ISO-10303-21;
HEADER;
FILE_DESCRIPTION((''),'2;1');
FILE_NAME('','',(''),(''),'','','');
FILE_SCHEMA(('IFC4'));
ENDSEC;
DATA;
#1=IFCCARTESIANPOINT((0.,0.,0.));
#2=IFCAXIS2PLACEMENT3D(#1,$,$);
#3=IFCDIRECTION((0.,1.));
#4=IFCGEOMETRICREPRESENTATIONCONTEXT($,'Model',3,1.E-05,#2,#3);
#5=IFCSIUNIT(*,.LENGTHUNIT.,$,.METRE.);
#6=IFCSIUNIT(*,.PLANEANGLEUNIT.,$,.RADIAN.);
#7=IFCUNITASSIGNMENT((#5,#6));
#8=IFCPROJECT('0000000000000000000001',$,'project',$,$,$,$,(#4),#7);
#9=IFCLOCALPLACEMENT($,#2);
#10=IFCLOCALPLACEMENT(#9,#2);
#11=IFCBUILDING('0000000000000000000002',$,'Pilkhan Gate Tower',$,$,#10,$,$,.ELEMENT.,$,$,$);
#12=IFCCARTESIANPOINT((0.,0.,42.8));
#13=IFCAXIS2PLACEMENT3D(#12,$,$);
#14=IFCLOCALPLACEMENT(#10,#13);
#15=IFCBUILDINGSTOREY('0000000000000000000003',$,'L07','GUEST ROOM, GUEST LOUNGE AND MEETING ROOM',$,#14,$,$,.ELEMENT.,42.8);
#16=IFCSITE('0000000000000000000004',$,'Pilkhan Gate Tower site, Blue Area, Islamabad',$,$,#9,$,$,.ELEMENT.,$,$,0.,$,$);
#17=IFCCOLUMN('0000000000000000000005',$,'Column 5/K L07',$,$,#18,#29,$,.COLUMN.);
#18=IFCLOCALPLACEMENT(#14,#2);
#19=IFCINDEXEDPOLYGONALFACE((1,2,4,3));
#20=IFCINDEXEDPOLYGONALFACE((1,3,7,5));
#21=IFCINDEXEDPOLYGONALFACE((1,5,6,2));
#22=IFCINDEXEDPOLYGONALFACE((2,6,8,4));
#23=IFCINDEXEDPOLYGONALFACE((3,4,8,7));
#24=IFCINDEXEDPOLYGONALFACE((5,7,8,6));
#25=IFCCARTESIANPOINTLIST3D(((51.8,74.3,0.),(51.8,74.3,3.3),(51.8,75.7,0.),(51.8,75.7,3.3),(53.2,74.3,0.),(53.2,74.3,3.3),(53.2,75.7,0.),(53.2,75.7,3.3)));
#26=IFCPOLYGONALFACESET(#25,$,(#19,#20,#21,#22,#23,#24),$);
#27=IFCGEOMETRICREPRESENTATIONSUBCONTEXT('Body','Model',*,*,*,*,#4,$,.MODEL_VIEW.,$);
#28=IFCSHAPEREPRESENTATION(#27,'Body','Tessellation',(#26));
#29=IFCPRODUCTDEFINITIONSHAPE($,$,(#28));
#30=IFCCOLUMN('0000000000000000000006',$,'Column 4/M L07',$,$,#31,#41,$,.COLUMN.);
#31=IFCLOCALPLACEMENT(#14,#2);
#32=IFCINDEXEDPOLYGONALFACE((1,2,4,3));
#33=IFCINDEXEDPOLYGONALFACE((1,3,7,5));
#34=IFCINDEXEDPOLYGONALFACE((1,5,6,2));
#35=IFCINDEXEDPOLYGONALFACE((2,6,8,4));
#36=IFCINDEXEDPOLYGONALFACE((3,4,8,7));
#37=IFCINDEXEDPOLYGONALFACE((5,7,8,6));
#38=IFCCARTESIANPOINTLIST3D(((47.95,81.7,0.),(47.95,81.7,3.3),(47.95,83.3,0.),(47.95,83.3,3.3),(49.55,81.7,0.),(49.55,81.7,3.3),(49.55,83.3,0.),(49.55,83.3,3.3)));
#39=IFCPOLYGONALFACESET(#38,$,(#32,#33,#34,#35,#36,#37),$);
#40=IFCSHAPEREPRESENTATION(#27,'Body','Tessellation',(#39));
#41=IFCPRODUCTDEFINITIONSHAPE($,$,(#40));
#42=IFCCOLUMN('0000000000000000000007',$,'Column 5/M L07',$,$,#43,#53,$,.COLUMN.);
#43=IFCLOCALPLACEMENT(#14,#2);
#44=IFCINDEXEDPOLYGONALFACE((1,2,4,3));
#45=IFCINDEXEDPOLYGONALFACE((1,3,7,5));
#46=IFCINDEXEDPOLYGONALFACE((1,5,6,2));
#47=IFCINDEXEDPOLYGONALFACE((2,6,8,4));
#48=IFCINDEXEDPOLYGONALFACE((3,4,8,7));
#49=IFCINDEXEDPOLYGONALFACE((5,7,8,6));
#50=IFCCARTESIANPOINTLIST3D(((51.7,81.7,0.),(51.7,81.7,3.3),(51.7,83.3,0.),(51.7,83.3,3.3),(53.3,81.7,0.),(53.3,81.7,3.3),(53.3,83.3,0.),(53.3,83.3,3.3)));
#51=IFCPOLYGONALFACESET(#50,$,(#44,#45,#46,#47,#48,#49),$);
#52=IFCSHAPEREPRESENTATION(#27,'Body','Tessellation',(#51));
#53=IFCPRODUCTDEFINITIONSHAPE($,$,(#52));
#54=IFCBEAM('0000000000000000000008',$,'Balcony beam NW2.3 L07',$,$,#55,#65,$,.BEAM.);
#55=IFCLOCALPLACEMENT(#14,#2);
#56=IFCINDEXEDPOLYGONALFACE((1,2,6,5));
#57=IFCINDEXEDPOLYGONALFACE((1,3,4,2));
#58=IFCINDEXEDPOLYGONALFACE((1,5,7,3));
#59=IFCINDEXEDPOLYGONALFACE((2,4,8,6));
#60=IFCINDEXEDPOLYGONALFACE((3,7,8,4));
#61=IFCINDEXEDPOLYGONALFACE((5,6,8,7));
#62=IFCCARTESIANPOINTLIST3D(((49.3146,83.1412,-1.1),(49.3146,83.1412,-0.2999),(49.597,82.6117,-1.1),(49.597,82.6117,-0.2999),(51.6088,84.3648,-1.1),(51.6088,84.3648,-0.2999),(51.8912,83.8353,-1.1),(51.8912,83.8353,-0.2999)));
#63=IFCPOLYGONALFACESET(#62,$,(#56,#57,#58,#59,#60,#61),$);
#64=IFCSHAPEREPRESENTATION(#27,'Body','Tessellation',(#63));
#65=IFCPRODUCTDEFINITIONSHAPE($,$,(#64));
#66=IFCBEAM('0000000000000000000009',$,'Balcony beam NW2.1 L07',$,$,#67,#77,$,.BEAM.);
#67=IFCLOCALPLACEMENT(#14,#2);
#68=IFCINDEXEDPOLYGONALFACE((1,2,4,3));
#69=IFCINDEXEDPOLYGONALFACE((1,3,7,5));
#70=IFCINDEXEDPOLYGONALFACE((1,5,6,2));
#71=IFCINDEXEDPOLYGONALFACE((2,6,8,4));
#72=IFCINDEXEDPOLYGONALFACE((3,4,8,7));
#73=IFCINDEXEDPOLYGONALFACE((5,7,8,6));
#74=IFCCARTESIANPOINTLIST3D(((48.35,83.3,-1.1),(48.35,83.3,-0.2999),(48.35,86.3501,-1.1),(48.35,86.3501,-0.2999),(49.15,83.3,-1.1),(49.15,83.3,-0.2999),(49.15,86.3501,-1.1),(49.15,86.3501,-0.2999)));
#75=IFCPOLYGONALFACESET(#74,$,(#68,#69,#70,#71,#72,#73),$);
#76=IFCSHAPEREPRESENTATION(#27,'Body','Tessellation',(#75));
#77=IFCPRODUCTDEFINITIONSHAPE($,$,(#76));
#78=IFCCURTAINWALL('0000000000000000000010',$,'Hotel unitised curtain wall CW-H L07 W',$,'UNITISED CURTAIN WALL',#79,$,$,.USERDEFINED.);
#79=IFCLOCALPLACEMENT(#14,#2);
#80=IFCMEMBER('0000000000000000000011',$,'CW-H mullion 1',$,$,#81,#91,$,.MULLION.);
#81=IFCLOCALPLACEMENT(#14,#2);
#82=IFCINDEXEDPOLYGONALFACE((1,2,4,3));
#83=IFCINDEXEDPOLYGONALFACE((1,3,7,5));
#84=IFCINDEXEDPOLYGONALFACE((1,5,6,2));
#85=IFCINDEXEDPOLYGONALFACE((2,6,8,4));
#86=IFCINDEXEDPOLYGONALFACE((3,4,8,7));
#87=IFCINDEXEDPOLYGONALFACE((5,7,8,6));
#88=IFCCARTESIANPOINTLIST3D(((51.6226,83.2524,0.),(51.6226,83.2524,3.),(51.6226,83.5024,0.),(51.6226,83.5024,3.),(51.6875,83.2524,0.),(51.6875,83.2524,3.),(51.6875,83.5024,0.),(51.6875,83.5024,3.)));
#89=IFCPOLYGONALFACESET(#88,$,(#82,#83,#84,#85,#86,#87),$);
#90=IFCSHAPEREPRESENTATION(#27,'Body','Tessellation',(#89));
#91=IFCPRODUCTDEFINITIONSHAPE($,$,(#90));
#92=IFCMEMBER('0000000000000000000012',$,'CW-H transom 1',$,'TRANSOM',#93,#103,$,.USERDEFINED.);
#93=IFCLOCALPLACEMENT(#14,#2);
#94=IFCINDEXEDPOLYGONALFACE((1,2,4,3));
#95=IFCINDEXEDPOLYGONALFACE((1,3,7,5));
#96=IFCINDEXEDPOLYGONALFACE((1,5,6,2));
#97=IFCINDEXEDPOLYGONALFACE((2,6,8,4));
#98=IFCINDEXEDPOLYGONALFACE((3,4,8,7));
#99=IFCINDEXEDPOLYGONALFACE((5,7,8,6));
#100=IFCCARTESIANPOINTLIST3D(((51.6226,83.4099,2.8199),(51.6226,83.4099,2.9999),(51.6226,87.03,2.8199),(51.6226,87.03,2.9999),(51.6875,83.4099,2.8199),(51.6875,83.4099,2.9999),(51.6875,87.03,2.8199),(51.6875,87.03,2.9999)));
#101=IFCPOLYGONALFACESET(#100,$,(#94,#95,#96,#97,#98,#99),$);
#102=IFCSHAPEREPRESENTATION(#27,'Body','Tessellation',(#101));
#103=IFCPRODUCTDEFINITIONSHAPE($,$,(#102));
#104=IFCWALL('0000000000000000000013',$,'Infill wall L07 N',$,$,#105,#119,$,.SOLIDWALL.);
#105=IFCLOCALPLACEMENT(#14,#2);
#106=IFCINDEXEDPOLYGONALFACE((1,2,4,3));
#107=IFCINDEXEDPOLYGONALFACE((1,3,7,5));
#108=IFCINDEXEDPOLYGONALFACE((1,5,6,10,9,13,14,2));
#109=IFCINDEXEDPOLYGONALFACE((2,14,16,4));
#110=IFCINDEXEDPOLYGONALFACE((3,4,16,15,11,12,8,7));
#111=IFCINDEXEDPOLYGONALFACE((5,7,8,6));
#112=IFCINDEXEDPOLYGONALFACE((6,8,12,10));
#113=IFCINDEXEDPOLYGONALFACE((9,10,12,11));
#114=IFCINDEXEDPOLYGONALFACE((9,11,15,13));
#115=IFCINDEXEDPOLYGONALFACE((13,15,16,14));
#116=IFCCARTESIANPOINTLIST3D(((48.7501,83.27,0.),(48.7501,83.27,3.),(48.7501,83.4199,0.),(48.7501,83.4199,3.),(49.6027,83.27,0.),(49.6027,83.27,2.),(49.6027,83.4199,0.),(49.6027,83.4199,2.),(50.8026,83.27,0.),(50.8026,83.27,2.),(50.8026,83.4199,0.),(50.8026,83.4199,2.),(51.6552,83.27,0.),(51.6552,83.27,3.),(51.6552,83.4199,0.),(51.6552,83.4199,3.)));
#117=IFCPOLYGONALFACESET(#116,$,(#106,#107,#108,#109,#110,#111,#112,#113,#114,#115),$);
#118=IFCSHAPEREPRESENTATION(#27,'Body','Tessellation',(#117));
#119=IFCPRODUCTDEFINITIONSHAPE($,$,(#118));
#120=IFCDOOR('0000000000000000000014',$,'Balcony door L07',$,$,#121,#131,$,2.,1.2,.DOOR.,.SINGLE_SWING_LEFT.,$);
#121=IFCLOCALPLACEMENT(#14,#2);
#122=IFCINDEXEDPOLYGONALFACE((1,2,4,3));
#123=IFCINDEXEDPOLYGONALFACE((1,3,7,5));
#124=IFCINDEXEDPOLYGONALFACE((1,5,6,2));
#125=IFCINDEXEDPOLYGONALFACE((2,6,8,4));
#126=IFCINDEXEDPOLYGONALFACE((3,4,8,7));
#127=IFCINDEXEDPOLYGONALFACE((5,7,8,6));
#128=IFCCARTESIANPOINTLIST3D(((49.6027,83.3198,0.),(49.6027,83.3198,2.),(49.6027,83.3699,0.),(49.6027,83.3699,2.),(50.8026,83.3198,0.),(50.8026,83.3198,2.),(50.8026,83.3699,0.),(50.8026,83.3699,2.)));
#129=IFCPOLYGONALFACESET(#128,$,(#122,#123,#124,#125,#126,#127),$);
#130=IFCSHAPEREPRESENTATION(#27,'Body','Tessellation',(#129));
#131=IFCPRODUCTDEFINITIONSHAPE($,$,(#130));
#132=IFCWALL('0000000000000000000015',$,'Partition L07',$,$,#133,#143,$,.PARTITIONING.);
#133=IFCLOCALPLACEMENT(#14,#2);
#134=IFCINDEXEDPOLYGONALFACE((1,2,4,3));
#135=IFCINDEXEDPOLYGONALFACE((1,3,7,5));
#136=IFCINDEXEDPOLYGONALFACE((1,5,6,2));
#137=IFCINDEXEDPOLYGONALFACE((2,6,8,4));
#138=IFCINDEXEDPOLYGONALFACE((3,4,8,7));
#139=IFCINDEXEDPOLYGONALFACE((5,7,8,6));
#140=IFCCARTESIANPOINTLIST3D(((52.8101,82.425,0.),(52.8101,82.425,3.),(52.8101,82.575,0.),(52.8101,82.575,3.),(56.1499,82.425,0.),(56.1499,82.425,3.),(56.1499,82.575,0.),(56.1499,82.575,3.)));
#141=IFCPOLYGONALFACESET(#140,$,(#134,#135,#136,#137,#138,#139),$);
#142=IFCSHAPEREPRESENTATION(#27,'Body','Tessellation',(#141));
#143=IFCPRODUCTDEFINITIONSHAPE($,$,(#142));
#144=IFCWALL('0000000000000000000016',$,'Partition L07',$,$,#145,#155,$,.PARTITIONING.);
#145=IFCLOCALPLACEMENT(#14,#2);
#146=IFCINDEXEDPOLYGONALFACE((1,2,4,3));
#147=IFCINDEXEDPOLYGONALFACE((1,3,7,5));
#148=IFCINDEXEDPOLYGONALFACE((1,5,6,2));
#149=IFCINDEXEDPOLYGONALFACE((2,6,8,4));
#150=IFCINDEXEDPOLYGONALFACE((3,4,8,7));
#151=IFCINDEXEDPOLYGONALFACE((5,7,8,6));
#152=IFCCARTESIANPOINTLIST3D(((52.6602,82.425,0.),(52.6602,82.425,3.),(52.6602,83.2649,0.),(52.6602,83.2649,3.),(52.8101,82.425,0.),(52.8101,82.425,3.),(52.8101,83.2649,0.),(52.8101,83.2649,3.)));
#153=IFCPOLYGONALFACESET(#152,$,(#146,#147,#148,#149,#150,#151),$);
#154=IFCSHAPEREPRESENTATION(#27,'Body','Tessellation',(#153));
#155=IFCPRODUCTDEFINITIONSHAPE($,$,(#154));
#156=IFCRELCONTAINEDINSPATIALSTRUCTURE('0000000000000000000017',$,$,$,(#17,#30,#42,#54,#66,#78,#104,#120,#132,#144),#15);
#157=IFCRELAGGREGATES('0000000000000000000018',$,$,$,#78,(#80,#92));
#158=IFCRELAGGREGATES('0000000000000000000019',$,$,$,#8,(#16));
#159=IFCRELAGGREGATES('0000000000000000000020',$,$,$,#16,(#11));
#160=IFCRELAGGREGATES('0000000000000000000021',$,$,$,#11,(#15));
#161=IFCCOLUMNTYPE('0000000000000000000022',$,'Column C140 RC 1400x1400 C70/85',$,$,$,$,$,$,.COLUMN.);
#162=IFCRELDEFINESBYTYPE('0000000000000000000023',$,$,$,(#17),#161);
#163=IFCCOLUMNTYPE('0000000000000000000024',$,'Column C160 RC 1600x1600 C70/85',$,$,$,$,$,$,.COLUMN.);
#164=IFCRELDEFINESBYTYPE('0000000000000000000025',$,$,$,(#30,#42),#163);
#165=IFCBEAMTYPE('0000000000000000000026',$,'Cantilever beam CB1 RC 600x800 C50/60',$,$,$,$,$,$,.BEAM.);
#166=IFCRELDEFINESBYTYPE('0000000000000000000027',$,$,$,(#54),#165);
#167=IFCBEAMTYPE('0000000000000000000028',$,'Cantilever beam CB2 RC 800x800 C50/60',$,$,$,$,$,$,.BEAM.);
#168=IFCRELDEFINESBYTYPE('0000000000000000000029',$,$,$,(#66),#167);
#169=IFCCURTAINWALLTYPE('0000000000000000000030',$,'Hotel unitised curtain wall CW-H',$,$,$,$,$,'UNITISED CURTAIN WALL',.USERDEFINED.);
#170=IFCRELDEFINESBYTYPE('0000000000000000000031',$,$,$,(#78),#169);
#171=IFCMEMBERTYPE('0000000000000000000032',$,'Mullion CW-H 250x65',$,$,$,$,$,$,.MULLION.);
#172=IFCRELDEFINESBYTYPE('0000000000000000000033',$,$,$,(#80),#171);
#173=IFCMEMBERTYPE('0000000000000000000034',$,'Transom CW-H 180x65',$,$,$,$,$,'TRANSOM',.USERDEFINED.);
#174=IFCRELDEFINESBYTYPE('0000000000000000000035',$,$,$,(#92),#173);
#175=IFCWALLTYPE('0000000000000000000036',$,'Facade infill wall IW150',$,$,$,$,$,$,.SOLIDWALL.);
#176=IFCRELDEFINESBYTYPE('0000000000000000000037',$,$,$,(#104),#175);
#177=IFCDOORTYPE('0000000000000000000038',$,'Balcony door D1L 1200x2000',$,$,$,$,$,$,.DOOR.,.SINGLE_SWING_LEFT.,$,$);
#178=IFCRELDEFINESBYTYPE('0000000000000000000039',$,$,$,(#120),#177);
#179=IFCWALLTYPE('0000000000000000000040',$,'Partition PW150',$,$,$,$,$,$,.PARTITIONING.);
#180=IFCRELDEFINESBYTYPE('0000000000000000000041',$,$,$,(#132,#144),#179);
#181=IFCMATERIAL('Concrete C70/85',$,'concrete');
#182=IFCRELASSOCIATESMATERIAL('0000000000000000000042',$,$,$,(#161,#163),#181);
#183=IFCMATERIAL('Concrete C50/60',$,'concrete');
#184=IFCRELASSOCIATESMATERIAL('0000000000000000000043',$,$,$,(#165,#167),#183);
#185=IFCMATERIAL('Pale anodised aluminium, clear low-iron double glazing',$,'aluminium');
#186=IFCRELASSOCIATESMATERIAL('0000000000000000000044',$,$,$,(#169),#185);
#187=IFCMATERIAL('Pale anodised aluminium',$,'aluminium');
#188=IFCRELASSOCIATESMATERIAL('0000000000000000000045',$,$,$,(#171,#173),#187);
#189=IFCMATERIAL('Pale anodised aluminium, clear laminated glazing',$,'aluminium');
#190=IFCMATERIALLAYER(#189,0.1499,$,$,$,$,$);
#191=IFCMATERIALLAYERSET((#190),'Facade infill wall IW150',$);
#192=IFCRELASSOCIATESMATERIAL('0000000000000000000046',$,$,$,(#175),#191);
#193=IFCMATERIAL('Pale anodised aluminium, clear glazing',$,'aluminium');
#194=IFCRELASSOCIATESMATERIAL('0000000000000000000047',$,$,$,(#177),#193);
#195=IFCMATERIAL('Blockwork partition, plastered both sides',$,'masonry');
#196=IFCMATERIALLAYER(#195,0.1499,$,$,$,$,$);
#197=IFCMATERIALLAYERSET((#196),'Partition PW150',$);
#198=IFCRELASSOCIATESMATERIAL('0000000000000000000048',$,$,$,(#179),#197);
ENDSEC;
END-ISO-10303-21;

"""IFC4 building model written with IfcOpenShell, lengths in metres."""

from ifc_helpers import new_model, si_unit, direction, frame, frame_2d, origin, origin_2d, place, context, subcontext, project, spatial, rectangle, extrude, material, layer, layer_set, material_profile, profile_set, type_object, element, fill, aggregate, save


model = new_model("IFC4")

# Units and contexts
model_context = context("Model", 3, precision=1e-05, world=origin(), true_north=direction((0.0, 1.0)))
body_context = subcontext(model_context, "Body", "Model", "MODEL_VIEW")
ifc_project = project(units=[si_unit("LENGTHUNIT", "METRE"), si_unit("PLANEANGLEUNIT", "RADIAN")], contexts=[model_context])

# Site, building, storey
site_placement = place(None, origin())
site = spatial("IfcSite", under=ifc_project, at=site_placement, Name="Pilkhan Gate Tower site, Blue Area, Islamabad", CompositionType="ELEMENT", RefElevation=0.0)
building_placement = place(site_placement, origin())
building = spatial("IfcBuilding", under=site, at=building_placement, Name="Pilkhan Gate Tower", CompositionType="ELEMENT")
storey_placement = place(building_placement, frame((0.0, 0.0, 42.8)))
storey = spatial("IfcBuildingStorey", under=building, at=storey_placement, Name="L07", Description="GUEST ROOM, GUEST LOUNGE AND MEETING ROOM", CompositionType="ELEMENT", Elevation=42.8)

# Columns
ifc_material_1 = material(Name="Concrete C70/85", Category="concrete")
ifc_material_profile_1 = material_profile(ifc_material_1, rectangle(XDim=1.3999, YDim=1.3999, at=origin_2d()), Name="RC 1400x1400")
ifc_profile_set_1 = profile_set([ifc_material_profile_1], Name="Concrete C70/85")
column_type_1 = type_object("IfcColumnType", Name="Column C140 RC 1400x1400 C70/85", PredefinedType="COLUMN", material=ifc_profile_set_1)
column_placement = place(storey_placement, frame((52.5, 75.0, 0.0), z_axis=(0.0, 0.0, 1.0), x_axis=(1.0, 0.0, 0.0)))
element("IfcColumn", 1, at=column_placement, inside=storey, type_object=column_type_1, Name="Column 5/K L07", PredefinedType="COLUMN", context=body_context, shape_type="SweptSolid", body=[
    extrude(rectangle(XDim=1.3999, YDim=1.3999, at=origin_2d()), origin(), (0.0, 0.0, 1.0), 3.3),
])
ifc_material_profile_2 = material_profile(ifc_material_1, rectangle(XDim=1.6001, YDim=1.6001, at=origin_2d()), Name="RC 1600x1600")
ifc_profile_set_2 = profile_set([ifc_material_profile_2], Name="Concrete C70/85")
column_type_2 = type_object("IfcColumnType", Name="Column C160 RC 1600x1600 C70/85", PredefinedType="COLUMN", material=ifc_profile_set_2)
for number, where, z_axis, x_axis, name in (
    (2, (48.75, 82.5, 0.0), (0.0, 0.0, 1.0), (1.0, 0.0, 0.0), "Column 4/M L07"),
    (3, (52.5, 82.5, 0.0), (0.0, 0.0, 1.0), (1.0, 0.0, 0.0), "Column 5/M L07"),
):
    element("IfcColumn", number, at=place(storey_placement, frame(where, z_axis=z_axis, x_axis=x_axis)), inside=storey, type_object=column_type_2, Name=name, PredefinedType="COLUMN", context=body_context, shape_type="SweptSolid", body=[
        extrude(rectangle(XDim=1.6001, YDim=1.6001, at=origin_2d()), origin(), (0.0, 0.0, 1.0), 3.3),
    ])

# Beams
ifc_material_2 = material(Name="Concrete C50/60", Category="concrete")
ifc_material_profile_3 = material_profile(ifc_material_2, rectangle(XDim=0.6001, YDim=0.8, at=origin_2d()), Name="RC 600x800")
ifc_profile_set_3 = profile_set([ifc_material_profile_3], Name="Concrete C50/60")
beam_type_1 = type_object("IfcBeamType", Name="Cantilever beam CB1 RC 600x800 C50/60", PredefinedType="BEAM", material=ifc_profile_set_3)
beam_1_placement = place(storey_placement, frame((49.4558, 82.8765, -0.7), z_axis=(0.882343, 0.470608, 0.0), x_axis=(-0.470608, 0.882343, 0.0)))
element("IfcBeam", 4, at=beam_1_placement, inside=storey, type_object=beam_type_1, Name="Balcony beam NW2.3 L07", PredefinedType="BEAM", context=body_context, shape_type="SweptSolid", body=[
    extrude(rectangle(XDim=0.6001, YDim=0.8, at=origin_2d()), origin(), (0.0, 0.0, 1.0), 2.6001),
])
ifc_material_profile_4 = material_profile(ifc_material_2, rectangle(XDim=0.8, YDim=0.8, at=origin_2d()), Name="RC 800x800")
ifc_profile_set_4 = profile_set([ifc_material_profile_4], Name="Concrete C50/60")
beam_type_2 = type_object("IfcBeamType", Name="Cantilever beam CB2 RC 800x800 C50/60", PredefinedType="BEAM", material=ifc_profile_set_4)
beam_2_placement = place(storey_placement, frame((48.75, 83.3, -0.7), z_axis=(0.0, 1.0, 0.0), x_axis=(-1.0, 0.0, 0.0)))
element("IfcBeam", 5, at=beam_2_placement, inside=storey, type_object=beam_type_2, Name="Balcony beam NW2.1 L07", PredefinedType="BEAM", context=body_context, shape_type="SweptSolid", body=[
    extrude(rectangle(XDim=0.8, YDim=0.8, at=origin_2d()), origin(), (0.0, 0.0, 1.0), 3.05),
])

# Curtain wall, members
ifc_material_3 = material(Name="Pale anodised aluminium, clear low-iron double glazing", Category="aluminium")
curtain_wall_type = type_object("IfcCurtainWallType", Name="Hotel unitised curtain wall CW-H", ElementType="UNITISED CURTAIN WALL", PredefinedType="USERDEFINED", material=ifc_material_3)
curtain_wall_placement = place(storey_placement, origin())
curtain_wall = element("IfcCurtainWall", 6, at=curtain_wall_placement, inside=storey, type_object=curtain_wall_type, Name="Hotel unitised curtain wall CW-H L07 W", ObjectType="UNITISED CURTAIN WALL", PredefinedType="USERDEFINED")
ifc_material_4 = material(Name="Pale anodised aluminium", Category="aluminium")
ifc_material_profile_5 = material_profile(ifc_material_4, rectangle(XDim=0.0649, YDim=0.25, at=origin_2d()), Name="Mullion 250x65")
ifc_profile_set_5 = profile_set([ifc_material_profile_5], Name="Pale anodised aluminium")
member_type_1 = type_object("IfcMemberType", Name="Mullion CW-H 250x65", PredefinedType="MULLION", material=ifc_profile_set_5)
member_1_placement = place(storey_placement, frame((51.655, 83.3774, 0.0), z_axis=(0.0, 0.0, 1.0), x_axis=(-1.0, 0.0, 0.0)))
member_1 = element("IfcMember", 7, at=member_1_placement, type_object=member_type_1, Name="CW-H mullion 1", PredefinedType="MULLION", context=body_context, shape_type="SweptSolid", body=[
    extrude(rectangle(XDim=0.0649, YDim=0.25, at=origin_2d()), origin(), (0.0, 0.0, 1.0), 3.0),
])
ifc_material_profile_6 = material_profile(ifc_material_4, rectangle(XDim=0.0649, YDim=0.1799, at=origin_2d()), Name="Transom 180x65")
ifc_profile_set_6 = profile_set([ifc_material_profile_6], Name="Pale anodised aluminium")
member_type_2 = type_object("IfcMemberType", Name="Transom CW-H 180x65", ElementType="TRANSOM", PredefinedType="USERDEFINED", material=ifc_profile_set_6)
member_2_placement = place(storey_placement, frame((51.655, 83.4099, 2.9099), z_axis=(0.0, 1.0, 0.0), x_axis=(-1.0, 0.0, 0.0)))
member_2 = element("IfcMember", 8, at=member_2_placement, type_object=member_type_2, Name="CW-H transom 1", ObjectType="TRANSOM", PredefinedType="USERDEFINED", context=body_context, shape_type="SweptSolid", body=[
    extrude(rectangle(XDim=0.0649, YDim=0.1799, at=origin_2d()), origin(), (0.0, 0.0, 1.0), 3.6201),
])
aggregate(curtain_wall, [member_1, member_2])

# Wall, opening, door
ifc_material_5 = material(Name="Pale anodised aluminium, clear laminated glazing", Category="aluminium")
ifc_layer_1 = layer(ifc_material_5, 0.1499)
ifc_layer_set_1 = layer_set([ifc_layer_1], Name="Facade infill wall IW150")
wall_type_1 = type_object("IfcWallType", Name="Facade infill wall IW150", PredefinedType="SOLIDWALL", material=ifc_layer_set_1)
wall_1_placement = place(storey_placement, frame((48.75, 83.345, 0.0), z_axis=(0.0, 0.0, 1.0), x_axis=(1.0, 0.0, 0.0)))
wall_1 = element("IfcWall", 9, at=wall_1_placement, inside=storey, type_object=wall_type_1, Name="Infill wall L07 N", PredefinedType="SOLIDWALL", context=body_context, shape_type="SweptSolid", body=[
    extrude(rectangle(XDim=2.905, YDim=0.1499, at=frame_2d((1.4526, 0.0))), origin(), (0.0, 0.0, 1.0), 3.0),
])
opening_1_placement = place(wall_1_placement, frame((0.8525, 0.0, 0.0)))
opening_1 = element("IfcOpeningElement", 10, at=opening_1_placement, cuts=wall_1, PredefinedType="OPENING", context=body_context, shape_type="SweptSolid", body=[
    extrude(rectangle(XDim=1.2, YDim=2.0, at=frame_2d((0.6001, 1.0))), frame((0.0, 0.085, 0.0), z_axis=(0.0, -1.0, 0.0), x_axis=(1.0, 0.0, 0.0)), (0.0, 0.0, 1.0), 0.1699),
])
ifc_material_6 = material(Name="Pale anodised aluminium, clear glazing", Category="aluminium")
door_type_1 = type_object("IfcDoorType", Name="Balcony door D1L 1200x2000", OperationType="SINGLE_SWING_LEFT", PredefinedType="DOOR", material=ifc_material_6)
door_1_placement = place(opening_1_placement, origin())
door_1 = element("IfcDoor", 11, at=door_1_placement, inside=storey, type_object=door_type_1, Name="Balcony door L07", OperationType="SINGLE_SWING_LEFT", OverallHeight=2.0, OverallWidth=1.2, PredefinedType="DOOR", context=body_context, shape_type="SweptSolid", body=[
    extrude(rectangle(XDim=1.2, YDim=2.0, at=frame_2d((0.6001, 1.0))), frame((0.0, 0.0249, 0.0), z_axis=(0.0, -1.0, 0.0), x_axis=(1.0, 0.0, 0.0)), (0.0, 0.0, 1.0), 0.05),
])
fill(opening_1, door_1)

# Walls
ifc_material_7 = material(Name="Blockwork partition, plastered both sides", Category="masonry")
ifc_layer_2 = layer(ifc_material_7, 0.1499)
ifc_layer_set_2 = layer_set([ifc_layer_2], Name="Partition PW150")
wall_type_2 = type_object("IfcWallType", Name="Partition PW150", PredefinedType="PARTITIONING", material=ifc_layer_set_2)
wall_2_placement = place(storey_placement, frame((52.8101, 82.5, 0.0), z_axis=(0.0, 0.0, 1.0), x_axis=(1.0, 0.0, 0.0)))
element("IfcWall", 12, at=wall_2_placement, inside=storey, type_object=wall_type_2, Name="Partition L07", PredefinedType="PARTITIONING", context=body_context, shape_type="SweptSolid", body=[
    extrude(rectangle(XDim=3.3398, YDim=0.1499, at=frame_2d((1.6699, 0.0))), origin(), (0.0, 0.0, 1.0), 3.0),
])
wall_3_placement = place(storey_placement, frame((52.7351, 82.425, 0.0), z_axis=(0.0, 0.0, 1.0), x_axis=(0.0, 1.0, 0.0)))
element("IfcWall", 13, at=wall_3_placement, inside=storey, type_object=wall_type_2, Name="Partition L07", PredefinedType="PARTITIONING", context=body_context, shape_type="SweptSolid", body=[
    extrude(rectangle(XDim=0.8398, YDim=0.1499, at=frame_2d((0.4199, 0.0))), origin(), (0.0, 0.0, 1.0), 3.0),
])

save(model, "model.ifc")
